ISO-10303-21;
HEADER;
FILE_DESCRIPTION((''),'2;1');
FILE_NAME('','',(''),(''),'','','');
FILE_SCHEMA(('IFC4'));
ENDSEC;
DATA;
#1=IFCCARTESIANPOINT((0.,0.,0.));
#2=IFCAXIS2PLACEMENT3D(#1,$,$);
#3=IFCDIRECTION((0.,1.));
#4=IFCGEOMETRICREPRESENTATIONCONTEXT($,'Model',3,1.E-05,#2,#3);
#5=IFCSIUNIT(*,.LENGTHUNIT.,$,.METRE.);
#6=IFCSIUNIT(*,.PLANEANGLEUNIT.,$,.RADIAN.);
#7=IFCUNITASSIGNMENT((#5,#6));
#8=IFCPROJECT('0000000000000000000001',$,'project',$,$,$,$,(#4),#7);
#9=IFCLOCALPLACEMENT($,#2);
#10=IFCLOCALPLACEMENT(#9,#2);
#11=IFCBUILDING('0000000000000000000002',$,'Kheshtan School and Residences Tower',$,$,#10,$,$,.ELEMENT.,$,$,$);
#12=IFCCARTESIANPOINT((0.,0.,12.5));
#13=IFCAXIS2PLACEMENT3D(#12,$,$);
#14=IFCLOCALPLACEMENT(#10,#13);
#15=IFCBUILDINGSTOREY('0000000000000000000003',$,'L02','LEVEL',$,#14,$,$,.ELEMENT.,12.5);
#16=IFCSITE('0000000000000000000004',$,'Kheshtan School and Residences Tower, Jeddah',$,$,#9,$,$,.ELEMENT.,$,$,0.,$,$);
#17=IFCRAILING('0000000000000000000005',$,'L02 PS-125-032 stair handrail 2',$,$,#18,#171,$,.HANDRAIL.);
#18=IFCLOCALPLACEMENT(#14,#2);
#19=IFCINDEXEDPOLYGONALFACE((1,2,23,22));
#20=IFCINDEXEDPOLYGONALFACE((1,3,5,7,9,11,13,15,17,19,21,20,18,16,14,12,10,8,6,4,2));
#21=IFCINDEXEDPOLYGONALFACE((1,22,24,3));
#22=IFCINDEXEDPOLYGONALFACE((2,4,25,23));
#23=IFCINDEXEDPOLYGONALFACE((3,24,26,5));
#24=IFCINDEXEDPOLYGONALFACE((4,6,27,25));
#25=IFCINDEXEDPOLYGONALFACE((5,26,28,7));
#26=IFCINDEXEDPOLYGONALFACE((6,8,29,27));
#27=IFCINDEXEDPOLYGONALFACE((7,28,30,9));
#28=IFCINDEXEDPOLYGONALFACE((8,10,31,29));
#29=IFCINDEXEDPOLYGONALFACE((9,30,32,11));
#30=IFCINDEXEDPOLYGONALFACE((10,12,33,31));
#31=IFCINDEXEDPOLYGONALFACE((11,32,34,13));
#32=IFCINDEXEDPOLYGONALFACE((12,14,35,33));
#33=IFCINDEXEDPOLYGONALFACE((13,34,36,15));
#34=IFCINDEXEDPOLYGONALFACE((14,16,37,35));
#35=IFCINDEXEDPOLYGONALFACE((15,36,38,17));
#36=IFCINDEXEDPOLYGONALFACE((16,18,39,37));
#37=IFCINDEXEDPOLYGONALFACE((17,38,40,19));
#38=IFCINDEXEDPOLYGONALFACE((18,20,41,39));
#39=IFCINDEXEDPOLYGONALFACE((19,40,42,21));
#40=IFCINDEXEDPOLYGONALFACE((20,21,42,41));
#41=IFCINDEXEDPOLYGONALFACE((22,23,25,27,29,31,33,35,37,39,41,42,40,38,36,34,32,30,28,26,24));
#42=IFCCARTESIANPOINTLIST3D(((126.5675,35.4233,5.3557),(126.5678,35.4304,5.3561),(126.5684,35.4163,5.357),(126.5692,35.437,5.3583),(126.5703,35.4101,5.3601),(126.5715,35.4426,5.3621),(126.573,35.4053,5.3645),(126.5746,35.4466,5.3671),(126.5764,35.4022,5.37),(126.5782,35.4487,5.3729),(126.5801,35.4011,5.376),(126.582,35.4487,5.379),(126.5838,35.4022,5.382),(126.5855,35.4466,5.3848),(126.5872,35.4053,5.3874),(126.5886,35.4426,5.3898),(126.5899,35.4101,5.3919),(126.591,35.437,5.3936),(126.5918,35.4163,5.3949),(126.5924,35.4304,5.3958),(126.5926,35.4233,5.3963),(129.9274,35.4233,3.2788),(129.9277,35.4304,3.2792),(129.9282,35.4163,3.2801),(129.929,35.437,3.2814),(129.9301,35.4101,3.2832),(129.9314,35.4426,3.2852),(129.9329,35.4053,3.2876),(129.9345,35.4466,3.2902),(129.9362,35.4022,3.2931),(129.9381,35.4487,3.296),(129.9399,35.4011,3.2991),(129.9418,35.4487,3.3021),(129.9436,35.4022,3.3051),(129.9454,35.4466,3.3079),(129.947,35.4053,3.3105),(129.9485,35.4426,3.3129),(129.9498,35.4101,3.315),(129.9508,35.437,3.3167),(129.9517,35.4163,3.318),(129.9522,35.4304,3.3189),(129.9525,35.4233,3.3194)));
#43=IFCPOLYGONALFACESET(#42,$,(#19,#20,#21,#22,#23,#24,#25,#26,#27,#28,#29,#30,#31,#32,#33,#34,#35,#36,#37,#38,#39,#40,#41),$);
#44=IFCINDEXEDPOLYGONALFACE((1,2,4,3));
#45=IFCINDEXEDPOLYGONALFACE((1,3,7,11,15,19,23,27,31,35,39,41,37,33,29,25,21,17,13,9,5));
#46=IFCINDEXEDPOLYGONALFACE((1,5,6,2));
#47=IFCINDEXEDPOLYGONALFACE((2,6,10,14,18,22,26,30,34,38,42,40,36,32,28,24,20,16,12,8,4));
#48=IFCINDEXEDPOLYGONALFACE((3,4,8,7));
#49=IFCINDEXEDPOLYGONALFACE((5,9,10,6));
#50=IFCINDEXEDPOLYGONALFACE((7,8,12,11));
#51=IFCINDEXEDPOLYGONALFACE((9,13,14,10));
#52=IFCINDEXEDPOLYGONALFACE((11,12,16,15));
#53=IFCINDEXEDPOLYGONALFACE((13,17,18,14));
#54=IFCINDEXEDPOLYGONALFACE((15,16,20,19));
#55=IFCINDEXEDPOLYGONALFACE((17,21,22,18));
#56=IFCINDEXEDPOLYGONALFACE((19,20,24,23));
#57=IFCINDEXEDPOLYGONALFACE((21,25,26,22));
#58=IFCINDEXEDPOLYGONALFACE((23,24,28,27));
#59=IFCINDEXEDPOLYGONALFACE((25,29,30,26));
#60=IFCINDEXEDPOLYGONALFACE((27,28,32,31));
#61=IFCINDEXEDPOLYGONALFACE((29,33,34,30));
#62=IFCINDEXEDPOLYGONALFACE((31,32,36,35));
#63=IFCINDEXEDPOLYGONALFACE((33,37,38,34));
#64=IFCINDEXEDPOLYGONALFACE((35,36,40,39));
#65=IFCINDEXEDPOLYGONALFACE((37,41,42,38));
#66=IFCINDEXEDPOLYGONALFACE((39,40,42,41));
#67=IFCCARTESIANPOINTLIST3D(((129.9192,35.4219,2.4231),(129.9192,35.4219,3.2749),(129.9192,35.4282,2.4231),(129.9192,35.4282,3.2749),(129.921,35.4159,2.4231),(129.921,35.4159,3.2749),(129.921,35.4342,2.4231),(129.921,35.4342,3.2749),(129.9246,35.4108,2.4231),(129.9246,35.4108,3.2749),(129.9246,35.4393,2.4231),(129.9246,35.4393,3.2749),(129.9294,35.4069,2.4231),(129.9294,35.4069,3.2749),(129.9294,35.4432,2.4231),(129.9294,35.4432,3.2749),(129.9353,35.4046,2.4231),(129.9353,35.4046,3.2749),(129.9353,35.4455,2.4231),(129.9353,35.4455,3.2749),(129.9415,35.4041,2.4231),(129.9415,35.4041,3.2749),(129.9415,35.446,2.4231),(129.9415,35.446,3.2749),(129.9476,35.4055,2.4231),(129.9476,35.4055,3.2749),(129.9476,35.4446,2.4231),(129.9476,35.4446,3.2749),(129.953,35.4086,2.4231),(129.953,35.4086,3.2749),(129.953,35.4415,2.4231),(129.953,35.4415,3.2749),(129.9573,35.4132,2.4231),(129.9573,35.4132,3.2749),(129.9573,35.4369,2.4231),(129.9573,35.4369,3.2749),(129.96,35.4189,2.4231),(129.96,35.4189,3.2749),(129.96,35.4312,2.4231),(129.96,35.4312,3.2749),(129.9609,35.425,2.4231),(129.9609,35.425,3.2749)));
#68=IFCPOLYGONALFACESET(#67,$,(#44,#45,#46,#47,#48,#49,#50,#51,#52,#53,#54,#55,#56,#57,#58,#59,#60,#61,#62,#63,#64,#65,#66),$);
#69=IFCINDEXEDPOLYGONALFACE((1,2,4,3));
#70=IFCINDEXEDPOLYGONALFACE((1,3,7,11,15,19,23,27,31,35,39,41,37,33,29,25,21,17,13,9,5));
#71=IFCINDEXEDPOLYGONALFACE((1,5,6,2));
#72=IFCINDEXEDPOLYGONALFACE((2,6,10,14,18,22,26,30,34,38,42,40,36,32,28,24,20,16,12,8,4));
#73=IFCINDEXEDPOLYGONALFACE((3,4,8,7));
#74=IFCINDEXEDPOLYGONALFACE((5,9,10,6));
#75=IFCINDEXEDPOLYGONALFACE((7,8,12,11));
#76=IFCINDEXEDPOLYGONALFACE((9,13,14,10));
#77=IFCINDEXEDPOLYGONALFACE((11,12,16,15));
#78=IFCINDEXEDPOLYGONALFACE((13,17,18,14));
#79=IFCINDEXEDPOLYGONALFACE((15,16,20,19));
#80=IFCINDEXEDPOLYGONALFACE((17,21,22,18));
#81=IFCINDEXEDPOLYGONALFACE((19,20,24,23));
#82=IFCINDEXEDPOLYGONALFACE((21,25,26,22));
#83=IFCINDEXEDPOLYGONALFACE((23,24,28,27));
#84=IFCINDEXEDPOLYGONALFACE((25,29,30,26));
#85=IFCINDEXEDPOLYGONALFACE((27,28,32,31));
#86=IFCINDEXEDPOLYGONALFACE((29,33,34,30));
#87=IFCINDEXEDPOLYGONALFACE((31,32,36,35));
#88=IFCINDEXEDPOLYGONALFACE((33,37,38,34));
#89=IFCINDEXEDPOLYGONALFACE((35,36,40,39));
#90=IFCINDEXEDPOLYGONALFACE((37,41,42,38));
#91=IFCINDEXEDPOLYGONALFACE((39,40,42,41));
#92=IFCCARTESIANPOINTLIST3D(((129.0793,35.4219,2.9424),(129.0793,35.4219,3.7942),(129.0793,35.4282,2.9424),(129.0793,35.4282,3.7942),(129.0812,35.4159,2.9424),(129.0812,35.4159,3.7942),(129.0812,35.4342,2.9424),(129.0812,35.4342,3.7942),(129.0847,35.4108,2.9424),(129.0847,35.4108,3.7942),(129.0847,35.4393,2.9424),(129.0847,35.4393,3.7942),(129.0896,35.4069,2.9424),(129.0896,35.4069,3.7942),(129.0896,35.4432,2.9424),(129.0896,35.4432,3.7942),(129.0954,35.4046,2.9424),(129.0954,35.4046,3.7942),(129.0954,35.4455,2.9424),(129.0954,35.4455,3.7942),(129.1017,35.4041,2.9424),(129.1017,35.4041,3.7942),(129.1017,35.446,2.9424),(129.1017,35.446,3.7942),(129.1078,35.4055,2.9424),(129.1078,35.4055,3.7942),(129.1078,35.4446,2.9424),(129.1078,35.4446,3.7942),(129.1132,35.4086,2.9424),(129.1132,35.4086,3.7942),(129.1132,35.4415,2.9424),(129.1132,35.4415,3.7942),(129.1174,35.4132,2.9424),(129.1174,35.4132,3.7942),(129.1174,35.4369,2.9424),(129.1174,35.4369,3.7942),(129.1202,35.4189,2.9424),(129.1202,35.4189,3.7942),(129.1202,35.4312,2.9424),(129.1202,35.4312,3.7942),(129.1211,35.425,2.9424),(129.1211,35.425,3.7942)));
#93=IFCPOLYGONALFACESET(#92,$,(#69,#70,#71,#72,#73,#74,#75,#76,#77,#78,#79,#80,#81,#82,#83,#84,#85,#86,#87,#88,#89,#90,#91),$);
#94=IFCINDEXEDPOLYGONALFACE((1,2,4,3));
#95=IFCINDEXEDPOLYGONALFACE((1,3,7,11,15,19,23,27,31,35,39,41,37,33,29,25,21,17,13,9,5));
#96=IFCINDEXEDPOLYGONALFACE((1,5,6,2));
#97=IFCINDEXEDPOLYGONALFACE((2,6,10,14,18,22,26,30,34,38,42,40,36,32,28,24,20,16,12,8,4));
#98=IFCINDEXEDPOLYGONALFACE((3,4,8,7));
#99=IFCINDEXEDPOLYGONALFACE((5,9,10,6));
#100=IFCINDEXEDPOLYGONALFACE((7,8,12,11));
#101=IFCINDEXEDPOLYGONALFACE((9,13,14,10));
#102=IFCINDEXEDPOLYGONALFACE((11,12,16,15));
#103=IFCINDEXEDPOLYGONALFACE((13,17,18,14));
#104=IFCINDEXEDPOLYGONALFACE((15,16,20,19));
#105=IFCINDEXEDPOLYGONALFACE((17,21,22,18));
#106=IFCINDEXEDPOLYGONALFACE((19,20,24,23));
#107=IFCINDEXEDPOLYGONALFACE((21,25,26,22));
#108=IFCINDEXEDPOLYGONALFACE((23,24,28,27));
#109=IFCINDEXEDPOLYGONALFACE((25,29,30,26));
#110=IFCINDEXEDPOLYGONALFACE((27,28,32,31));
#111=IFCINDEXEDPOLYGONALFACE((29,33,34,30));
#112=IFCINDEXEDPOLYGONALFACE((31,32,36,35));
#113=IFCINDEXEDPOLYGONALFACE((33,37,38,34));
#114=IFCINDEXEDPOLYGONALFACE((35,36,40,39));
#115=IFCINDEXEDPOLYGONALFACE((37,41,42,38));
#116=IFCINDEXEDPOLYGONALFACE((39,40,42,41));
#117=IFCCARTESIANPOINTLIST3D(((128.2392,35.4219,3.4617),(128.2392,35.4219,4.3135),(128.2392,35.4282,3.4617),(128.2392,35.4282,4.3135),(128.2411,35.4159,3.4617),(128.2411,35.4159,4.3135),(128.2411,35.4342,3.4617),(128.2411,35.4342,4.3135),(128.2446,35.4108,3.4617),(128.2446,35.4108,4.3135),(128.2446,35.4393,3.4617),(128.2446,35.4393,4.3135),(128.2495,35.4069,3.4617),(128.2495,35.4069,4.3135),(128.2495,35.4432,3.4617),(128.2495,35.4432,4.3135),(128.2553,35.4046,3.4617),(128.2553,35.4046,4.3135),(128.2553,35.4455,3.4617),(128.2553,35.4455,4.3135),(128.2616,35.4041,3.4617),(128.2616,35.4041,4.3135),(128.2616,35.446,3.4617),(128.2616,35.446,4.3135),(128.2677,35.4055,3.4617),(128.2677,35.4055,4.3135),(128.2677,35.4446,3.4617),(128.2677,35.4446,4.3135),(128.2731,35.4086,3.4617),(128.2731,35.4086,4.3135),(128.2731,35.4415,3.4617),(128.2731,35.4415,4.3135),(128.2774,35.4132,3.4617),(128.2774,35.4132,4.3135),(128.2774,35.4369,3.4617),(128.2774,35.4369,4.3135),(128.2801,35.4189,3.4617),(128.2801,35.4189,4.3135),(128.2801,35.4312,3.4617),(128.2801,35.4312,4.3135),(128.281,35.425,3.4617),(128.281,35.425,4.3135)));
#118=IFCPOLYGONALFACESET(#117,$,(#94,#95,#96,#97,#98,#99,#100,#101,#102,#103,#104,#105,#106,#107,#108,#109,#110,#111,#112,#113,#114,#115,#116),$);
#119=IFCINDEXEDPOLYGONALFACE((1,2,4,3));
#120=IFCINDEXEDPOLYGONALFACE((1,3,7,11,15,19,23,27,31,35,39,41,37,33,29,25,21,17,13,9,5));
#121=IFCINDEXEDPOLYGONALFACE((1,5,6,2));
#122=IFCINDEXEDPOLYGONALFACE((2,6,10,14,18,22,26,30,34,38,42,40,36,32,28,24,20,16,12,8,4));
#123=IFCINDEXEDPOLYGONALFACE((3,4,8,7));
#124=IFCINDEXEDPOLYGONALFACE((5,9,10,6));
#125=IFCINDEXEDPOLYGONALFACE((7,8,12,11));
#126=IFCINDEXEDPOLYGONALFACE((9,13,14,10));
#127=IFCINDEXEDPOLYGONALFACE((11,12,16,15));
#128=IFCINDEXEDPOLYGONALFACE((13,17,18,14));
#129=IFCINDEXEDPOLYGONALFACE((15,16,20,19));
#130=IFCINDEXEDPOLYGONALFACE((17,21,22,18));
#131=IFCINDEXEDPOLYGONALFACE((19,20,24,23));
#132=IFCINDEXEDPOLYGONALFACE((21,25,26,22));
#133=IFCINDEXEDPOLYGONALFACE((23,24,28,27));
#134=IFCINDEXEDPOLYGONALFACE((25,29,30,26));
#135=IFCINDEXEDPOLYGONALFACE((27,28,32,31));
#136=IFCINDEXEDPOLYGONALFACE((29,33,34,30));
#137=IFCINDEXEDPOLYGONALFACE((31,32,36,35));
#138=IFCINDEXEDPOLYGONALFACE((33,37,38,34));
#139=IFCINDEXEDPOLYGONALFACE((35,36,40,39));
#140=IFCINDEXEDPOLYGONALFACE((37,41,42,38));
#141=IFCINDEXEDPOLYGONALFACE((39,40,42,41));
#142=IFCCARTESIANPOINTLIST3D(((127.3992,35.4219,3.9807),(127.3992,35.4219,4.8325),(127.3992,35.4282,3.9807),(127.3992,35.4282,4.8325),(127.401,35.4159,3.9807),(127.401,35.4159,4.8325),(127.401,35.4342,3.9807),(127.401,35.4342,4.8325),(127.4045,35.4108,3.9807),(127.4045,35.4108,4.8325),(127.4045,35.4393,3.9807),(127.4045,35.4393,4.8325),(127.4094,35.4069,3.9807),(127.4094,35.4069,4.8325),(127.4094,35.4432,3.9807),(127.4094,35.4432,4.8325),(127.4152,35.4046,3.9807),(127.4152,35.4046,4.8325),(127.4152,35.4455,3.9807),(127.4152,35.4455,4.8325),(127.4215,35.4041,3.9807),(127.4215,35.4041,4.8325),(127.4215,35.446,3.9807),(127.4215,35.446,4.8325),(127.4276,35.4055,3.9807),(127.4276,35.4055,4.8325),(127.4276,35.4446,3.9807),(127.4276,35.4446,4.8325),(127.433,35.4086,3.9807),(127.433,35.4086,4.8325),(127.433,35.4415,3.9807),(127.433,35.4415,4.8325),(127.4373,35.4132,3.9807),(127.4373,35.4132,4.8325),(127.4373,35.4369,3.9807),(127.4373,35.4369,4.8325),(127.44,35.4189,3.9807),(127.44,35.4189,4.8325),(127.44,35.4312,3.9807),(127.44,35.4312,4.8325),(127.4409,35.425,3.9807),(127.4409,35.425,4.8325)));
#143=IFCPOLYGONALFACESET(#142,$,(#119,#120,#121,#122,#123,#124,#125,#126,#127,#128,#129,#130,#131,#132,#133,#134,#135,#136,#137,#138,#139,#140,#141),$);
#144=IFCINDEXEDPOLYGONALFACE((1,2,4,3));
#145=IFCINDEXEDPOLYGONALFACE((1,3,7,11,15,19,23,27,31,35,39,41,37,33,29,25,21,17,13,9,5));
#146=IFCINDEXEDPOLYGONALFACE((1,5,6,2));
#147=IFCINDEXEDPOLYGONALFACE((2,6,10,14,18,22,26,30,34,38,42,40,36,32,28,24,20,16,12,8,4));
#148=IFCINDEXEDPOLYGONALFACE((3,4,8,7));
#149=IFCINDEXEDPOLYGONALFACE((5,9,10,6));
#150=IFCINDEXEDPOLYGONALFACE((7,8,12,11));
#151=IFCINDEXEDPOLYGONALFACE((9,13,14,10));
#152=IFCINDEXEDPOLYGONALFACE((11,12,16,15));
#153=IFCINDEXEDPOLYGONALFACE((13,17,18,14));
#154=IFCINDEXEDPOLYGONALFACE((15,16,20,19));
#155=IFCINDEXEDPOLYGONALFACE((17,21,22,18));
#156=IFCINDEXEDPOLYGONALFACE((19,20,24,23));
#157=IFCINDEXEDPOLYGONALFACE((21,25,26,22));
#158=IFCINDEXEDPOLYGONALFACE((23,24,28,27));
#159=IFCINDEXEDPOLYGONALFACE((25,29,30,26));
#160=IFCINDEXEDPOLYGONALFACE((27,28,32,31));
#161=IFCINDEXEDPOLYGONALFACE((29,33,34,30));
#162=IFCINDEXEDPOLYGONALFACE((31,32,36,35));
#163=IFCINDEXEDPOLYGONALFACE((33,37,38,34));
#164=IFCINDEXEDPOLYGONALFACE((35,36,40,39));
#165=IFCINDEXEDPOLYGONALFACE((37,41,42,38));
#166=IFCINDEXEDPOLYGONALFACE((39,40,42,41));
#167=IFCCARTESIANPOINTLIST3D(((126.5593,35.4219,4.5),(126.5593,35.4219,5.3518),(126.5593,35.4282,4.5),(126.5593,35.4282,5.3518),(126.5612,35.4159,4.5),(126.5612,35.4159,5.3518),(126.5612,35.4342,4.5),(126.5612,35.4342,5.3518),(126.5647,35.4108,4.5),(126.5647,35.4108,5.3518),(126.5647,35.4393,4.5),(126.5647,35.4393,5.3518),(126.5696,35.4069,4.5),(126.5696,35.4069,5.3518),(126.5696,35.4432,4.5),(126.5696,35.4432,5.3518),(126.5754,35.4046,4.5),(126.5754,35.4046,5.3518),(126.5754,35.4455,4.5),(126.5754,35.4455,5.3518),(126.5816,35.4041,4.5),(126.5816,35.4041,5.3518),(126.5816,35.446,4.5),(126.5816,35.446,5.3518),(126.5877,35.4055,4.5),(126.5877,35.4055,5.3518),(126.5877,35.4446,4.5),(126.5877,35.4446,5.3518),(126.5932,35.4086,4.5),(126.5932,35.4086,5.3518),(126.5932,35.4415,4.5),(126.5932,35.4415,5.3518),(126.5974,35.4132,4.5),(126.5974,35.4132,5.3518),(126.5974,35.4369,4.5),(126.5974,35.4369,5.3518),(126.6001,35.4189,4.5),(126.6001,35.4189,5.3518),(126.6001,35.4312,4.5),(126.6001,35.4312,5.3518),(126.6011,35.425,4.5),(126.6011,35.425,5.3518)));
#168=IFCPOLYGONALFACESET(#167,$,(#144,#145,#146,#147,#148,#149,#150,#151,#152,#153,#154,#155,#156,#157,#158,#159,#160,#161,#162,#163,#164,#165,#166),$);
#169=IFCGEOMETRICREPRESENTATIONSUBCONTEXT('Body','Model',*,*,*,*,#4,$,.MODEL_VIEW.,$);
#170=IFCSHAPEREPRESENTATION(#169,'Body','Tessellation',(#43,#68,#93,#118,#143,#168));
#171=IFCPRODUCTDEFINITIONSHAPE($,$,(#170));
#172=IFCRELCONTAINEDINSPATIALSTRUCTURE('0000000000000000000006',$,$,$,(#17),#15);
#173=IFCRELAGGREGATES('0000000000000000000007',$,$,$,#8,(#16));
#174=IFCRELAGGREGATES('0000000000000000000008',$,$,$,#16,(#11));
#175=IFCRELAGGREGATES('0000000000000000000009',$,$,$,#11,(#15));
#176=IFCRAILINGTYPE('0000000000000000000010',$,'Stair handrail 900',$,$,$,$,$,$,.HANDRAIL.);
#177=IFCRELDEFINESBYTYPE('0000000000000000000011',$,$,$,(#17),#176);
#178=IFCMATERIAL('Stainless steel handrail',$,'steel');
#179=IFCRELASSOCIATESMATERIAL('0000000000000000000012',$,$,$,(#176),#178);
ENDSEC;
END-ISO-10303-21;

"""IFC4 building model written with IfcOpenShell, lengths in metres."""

from ifc_helpers import new_model, si_unit, direction, frame, origin, origin_2d, place, context, subcontext, project, spatial, circle, extrude, material, type_object, element, save


model = new_model("IFC4")

# Units and contexts
model_context = context("Model", 3, precision=1e-05, world=origin(), true_north=direction((0.0, 1.0)))
body_context = subcontext(model_context, "Body", "Model", "MODEL_VIEW")
ifc_project = project(units=[si_unit("LENGTHUNIT", "METRE"), si_unit("PLANEANGLEUNIT", "RADIAN")], contexts=[model_context])

# Site, building, storey
site_placement = place(None, origin())
site = spatial("IfcSite", under=ifc_project, at=site_placement, Name="Kheshtan School and Residences Tower, Jeddah", CompositionType="ELEMENT", RefElevation=0.0)
building_placement = place(site_placement, origin())
building = spatial("IfcBuilding", under=site, at=building_placement, Name="Kheshtan School and Residences Tower", CompositionType="ELEMENT")
storey_placement = place(building_placement, frame((0.0, 0.0, 12.5)))
storey = spatial("IfcBuildingStorey", under=building, at=storey_placement, Name="L02", Description="LEVEL", CompositionType="ELEMENT", Elevation=12.5)

# Railing
ifc_material_1 = material(Name="Stainless steel handrail", Category="steel")
railing_type_1 = type_object("IfcRailingType", Name="Stair handrail 900", PredefinedType="HANDRAIL", material=ifc_material_1)
railing_1_placement = place(storey_placement, frame((129.9399, 35.425, 2.4231)))
element("IfcRailing", 1, at=railing_1_placement, inside=storey, type_object=railing_type_1, Name="L02 PS-125-032 stair handrail 2", PredefinedType="HANDRAIL", context=body_context, shape_type="SweptSolid", body=[
    extrude(circle(Radius=0.0239, at=origin_2d()), frame((0.0, 0.0, 0.876), z_axis=(-0.850606, 0.0, 0.525803), x_axis=(0.0, -1.0, 0.0)), (0.0, 0.0, 1.0), 3.95),
    extrude(circle(Radius=0.021, at=origin_2d()), origin(), (0.0, 0.0, 1.0), 0.8518),
    extrude(circle(Radius=0.021, at=origin_2d()), frame((-0.8398, 0.0, 0.5193)), (0.0, 0.0, 1.0), 0.8518),
    extrude(circle(Radius=0.021, at=origin_2d()), frame((-1.6799, 0.0, 1.0386)), (0.0, 0.0, 1.0), 0.8518),
    extrude(circle(Radius=0.021, at=origin_2d()), frame((-2.52, 0.0, 1.5576)), (0.0, 0.0, 1.0), 0.8518),
    extrude(circle(Radius=0.021, at=origin_2d()), frame((-3.3599, 0.0, 2.0769)), (0.0, 0.0, 1.0), 0.8518),
])

save(model, "model.ifc")
